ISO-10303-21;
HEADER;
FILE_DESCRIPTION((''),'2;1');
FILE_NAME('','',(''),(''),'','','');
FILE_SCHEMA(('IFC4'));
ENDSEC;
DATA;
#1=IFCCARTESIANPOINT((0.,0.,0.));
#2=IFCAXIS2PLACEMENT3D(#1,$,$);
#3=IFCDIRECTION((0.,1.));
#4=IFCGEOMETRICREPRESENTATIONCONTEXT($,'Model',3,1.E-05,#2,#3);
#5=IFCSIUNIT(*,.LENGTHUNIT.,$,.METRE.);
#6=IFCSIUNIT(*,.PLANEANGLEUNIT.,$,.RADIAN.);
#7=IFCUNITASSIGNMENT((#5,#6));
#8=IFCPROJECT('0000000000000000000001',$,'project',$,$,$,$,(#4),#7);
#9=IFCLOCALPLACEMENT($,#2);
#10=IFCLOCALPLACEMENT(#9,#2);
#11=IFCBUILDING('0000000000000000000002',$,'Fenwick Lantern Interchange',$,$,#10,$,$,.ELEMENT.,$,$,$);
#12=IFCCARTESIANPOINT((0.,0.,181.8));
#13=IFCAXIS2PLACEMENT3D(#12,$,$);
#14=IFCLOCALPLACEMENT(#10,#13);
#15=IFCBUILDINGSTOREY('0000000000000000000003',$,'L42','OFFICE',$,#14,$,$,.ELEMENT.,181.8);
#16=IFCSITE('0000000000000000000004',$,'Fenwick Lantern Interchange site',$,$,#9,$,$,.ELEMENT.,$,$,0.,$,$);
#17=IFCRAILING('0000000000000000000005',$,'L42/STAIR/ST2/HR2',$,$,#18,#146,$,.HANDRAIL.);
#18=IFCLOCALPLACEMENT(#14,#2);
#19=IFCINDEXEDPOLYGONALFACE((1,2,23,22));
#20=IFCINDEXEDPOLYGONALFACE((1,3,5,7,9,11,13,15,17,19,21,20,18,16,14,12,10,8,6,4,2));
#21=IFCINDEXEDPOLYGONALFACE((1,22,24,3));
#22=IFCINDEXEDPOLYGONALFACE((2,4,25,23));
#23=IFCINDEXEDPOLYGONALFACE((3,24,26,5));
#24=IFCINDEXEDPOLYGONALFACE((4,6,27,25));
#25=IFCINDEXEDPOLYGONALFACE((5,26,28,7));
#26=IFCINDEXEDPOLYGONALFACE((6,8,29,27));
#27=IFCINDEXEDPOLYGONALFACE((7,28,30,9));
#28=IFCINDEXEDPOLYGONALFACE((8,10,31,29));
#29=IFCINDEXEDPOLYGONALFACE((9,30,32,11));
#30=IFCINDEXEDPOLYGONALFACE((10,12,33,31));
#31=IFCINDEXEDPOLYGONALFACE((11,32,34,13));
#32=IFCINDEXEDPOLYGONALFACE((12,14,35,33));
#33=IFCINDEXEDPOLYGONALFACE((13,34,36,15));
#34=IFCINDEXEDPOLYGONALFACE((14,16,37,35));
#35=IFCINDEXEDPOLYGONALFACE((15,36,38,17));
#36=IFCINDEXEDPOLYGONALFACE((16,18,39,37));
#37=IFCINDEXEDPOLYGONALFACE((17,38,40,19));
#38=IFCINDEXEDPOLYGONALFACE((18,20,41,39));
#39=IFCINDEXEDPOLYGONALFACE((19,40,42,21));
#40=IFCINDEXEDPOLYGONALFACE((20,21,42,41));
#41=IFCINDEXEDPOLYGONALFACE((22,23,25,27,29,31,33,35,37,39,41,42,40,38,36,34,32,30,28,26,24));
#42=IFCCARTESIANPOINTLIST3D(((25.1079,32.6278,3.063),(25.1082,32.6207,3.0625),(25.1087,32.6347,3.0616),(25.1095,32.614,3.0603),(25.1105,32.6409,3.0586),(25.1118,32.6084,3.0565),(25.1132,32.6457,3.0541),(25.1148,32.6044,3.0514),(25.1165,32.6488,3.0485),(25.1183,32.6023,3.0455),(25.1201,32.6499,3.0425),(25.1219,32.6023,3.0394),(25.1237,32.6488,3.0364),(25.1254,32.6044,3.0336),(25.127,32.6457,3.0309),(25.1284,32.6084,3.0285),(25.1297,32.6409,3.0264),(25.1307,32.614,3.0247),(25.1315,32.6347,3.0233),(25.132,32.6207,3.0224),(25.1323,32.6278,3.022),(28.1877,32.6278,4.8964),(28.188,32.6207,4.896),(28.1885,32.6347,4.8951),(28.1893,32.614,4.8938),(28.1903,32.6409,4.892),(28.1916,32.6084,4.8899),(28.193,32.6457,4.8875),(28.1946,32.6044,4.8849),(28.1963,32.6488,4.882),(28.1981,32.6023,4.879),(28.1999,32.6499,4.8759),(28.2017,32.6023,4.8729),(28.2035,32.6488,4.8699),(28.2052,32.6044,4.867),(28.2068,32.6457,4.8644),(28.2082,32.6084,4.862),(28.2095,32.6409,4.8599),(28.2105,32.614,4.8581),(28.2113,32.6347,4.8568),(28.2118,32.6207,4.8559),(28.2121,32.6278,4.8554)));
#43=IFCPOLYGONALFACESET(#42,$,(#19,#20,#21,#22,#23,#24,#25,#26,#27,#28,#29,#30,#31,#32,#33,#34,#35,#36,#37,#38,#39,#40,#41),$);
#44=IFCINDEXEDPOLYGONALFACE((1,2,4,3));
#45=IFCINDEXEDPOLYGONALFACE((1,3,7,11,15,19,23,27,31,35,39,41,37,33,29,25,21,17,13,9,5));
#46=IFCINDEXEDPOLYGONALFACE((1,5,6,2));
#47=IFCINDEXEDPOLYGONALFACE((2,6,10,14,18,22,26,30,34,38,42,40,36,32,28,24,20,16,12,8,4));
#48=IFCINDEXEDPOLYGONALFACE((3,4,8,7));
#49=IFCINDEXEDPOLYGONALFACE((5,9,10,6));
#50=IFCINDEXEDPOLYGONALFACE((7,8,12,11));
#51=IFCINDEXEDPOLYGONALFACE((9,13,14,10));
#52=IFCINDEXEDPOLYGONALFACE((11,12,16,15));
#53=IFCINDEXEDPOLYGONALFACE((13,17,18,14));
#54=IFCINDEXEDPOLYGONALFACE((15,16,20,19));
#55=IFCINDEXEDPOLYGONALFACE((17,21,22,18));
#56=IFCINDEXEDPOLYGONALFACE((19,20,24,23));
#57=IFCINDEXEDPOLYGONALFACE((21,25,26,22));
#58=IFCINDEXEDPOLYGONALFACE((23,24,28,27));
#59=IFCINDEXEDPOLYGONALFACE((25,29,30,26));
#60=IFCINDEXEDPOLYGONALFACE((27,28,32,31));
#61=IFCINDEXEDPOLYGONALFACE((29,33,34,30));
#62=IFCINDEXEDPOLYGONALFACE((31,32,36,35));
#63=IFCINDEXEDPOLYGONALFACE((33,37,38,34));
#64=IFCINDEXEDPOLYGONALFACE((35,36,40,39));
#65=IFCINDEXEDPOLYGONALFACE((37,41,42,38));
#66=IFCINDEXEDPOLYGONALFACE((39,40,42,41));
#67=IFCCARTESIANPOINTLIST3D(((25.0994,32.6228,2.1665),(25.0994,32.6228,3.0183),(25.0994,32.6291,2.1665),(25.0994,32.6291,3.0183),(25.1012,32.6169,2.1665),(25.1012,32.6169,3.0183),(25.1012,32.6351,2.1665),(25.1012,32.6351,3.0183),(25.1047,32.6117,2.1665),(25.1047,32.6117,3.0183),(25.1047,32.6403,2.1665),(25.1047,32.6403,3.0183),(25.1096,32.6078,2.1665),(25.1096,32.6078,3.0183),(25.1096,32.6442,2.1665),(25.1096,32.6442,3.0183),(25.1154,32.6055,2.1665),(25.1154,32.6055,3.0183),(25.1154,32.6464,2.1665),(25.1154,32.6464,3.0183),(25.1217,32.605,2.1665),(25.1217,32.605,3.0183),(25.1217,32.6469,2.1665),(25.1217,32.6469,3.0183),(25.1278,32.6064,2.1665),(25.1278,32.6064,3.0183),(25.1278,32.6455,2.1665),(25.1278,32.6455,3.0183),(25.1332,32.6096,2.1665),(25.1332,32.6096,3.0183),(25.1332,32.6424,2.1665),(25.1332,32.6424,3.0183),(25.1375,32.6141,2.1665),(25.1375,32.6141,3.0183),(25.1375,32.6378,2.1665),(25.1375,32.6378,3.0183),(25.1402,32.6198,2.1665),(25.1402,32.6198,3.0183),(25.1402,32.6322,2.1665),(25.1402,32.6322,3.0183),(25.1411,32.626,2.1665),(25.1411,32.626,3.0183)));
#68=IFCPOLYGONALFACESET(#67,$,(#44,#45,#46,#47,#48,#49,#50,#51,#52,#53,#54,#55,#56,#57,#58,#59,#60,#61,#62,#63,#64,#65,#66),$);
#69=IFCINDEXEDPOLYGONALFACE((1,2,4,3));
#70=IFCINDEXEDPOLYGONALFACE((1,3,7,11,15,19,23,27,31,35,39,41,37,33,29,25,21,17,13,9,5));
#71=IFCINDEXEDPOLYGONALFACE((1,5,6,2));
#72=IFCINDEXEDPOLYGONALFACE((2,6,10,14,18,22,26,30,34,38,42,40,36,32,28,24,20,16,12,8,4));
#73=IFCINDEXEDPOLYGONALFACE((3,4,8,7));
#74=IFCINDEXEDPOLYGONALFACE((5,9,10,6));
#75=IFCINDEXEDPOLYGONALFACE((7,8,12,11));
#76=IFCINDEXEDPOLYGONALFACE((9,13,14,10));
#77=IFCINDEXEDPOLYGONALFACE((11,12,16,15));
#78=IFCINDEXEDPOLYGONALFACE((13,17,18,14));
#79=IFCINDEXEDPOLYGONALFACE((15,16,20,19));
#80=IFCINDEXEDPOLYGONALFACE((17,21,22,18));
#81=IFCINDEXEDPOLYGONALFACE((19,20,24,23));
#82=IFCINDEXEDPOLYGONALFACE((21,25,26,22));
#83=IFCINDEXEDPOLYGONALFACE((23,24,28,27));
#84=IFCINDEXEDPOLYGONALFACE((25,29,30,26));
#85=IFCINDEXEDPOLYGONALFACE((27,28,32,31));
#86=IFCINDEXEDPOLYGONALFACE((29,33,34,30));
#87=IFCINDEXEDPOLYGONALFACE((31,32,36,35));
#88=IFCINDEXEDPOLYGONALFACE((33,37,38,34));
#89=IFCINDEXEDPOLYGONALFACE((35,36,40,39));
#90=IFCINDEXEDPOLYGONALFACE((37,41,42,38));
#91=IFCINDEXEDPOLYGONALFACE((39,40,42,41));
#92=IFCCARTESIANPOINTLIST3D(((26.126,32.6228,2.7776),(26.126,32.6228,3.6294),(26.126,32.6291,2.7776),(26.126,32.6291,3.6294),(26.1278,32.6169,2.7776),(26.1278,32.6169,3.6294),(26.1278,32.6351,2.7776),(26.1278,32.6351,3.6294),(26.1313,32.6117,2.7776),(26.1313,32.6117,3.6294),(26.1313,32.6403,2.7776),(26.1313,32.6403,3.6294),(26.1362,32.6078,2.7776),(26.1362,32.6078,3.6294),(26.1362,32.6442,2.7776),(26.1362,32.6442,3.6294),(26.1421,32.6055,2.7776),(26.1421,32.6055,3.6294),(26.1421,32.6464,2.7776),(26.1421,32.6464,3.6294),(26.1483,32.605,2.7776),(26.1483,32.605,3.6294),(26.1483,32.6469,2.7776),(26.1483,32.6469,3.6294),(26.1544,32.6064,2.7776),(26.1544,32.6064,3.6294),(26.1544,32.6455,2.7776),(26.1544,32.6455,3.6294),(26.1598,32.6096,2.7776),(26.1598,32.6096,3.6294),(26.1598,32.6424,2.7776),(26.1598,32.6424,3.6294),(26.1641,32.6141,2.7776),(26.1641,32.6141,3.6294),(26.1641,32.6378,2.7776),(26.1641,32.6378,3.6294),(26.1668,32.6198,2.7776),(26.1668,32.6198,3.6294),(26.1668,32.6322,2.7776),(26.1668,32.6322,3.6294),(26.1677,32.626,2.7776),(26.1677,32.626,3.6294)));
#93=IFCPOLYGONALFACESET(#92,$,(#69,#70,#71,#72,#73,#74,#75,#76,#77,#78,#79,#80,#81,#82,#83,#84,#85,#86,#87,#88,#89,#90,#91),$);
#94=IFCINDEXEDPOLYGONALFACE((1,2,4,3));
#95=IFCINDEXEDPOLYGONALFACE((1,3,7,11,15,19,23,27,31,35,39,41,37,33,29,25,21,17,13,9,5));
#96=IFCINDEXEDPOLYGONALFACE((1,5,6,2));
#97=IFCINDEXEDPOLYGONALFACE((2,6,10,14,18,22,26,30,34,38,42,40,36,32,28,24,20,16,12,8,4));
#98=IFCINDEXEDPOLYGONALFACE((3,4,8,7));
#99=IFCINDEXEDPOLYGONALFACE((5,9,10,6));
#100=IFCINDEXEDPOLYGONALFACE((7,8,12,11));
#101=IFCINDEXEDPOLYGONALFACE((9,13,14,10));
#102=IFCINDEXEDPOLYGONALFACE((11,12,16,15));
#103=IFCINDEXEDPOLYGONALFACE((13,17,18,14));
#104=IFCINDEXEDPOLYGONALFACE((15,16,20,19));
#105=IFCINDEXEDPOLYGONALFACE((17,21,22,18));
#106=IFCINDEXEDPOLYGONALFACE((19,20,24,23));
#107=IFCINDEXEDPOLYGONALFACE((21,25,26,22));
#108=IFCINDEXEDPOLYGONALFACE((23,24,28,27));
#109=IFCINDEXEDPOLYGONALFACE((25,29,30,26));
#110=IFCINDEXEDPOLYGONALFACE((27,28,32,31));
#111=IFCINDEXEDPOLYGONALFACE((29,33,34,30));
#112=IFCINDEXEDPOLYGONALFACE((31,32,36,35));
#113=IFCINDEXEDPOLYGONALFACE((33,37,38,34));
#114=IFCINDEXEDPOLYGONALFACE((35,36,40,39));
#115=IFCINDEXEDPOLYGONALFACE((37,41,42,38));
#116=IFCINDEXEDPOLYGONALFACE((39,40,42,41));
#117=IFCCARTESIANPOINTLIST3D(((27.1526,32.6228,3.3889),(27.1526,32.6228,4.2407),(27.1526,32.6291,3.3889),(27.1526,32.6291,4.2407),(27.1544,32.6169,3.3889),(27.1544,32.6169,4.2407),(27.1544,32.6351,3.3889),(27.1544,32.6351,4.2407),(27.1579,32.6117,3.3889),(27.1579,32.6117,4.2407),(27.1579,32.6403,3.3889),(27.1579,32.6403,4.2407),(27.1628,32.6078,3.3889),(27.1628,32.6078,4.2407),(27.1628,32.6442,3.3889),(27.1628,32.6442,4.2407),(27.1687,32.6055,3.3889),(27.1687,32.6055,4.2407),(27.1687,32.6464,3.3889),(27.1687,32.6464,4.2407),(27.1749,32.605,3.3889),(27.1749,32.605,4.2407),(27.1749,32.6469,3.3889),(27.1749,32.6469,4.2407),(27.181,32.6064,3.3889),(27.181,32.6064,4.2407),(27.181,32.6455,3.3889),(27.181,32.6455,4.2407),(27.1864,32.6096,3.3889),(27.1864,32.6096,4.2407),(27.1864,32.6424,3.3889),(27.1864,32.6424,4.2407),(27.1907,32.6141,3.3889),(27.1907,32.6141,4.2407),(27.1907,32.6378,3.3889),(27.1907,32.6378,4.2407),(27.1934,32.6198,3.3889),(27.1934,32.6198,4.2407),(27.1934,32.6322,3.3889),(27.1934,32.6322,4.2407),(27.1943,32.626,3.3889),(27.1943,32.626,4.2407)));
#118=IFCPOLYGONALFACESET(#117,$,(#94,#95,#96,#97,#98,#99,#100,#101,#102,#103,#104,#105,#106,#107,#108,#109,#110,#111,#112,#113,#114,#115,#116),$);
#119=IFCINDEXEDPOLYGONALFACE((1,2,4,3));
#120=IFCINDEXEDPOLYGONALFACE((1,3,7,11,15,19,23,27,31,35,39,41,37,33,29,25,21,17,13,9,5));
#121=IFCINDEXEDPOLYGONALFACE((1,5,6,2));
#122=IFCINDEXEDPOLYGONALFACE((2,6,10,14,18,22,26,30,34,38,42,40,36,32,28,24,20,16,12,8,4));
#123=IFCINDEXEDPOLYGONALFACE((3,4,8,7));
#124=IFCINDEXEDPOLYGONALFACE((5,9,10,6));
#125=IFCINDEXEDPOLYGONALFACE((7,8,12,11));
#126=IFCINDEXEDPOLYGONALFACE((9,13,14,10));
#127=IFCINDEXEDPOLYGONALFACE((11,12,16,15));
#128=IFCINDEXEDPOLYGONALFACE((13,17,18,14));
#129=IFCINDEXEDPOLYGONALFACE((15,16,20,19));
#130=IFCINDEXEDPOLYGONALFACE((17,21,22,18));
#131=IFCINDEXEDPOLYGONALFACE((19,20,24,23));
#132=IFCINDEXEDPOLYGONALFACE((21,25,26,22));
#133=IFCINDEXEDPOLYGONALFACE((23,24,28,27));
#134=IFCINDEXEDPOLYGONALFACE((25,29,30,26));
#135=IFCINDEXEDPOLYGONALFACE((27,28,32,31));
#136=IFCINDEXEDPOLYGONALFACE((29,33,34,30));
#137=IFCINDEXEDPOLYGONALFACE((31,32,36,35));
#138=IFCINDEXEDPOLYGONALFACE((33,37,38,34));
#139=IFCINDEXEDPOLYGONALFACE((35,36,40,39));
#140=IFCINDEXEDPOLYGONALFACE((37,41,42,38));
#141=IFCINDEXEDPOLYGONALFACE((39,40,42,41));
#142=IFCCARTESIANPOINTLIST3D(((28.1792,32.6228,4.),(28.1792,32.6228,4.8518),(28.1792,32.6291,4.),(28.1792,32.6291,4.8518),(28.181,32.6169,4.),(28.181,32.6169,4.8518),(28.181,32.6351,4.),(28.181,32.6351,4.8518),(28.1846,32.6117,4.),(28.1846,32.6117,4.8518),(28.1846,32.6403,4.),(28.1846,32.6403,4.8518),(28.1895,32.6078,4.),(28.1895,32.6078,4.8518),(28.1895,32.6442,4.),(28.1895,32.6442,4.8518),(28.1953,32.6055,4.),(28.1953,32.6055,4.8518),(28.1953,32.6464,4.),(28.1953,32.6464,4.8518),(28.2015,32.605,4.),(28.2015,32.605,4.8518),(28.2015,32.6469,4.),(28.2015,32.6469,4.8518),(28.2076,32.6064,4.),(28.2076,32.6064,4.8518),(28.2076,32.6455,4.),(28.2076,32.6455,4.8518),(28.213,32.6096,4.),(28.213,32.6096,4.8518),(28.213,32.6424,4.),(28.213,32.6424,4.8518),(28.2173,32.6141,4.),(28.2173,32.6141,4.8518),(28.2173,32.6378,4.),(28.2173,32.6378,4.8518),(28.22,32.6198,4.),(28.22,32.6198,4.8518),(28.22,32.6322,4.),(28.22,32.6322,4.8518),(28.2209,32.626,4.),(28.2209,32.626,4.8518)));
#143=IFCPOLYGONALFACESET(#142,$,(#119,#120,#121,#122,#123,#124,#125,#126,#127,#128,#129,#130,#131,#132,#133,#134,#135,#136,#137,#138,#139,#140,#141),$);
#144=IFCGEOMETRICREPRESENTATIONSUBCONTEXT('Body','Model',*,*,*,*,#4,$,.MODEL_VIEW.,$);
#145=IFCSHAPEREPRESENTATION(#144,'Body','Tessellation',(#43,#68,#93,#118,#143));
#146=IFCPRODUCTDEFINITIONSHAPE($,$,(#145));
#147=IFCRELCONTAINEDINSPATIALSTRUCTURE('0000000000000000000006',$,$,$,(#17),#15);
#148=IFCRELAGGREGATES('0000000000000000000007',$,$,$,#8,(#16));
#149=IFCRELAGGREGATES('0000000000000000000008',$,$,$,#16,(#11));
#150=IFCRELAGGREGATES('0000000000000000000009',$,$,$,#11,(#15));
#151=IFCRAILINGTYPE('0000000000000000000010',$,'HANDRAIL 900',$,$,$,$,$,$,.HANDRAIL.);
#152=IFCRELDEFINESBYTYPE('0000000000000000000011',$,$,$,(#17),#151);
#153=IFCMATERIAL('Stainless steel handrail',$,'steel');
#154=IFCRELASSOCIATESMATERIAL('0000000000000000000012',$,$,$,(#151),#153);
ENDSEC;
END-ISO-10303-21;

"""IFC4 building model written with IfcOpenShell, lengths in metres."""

from ifc_helpers import new_model, si_unit, direction, frame, origin, origin_2d, place, context, subcontext, project, spatial, circle, extrude, material, type_object, element, save


model = new_model("IFC4")

# Units and contexts
model_context = context("Model", 3, precision=1e-05, world=origin(), true_north=direction((0.0, 1.0)))
body_context = subcontext(model_context, "Body", "Model", "MODEL_VIEW")
ifc_project = project(units=[si_unit("LENGTHUNIT", "METRE"), si_unit("PLANEANGLEUNIT", "RADIAN")], contexts=[model_context])

# Site, building, storey
site_placement = place(None, origin())
site = spatial("IfcSite", under=ifc_project, at=site_placement, Name="Fenwick Lantern Interchange site", CompositionType="ELEMENT", RefElevation=0.0)
building_placement = place(site_placement, origin())
building = spatial("IfcBuilding", under=site, at=building_placement, Name="Fenwick Lantern Interchange", CompositionType="ELEMENT")
storey_placement = place(building_placement, frame((0.0, 0.0, 181.8)))
storey = spatial("IfcBuildingStorey", under=building, at=storey_placement, Name="L42", Description="OFFICE", CompositionType="ELEMENT", Elevation=181.8)

# Railing
ifc_material_1 = material(Name="Stainless steel handrail", Category="steel")
railing_type = type_object("IfcRailingType", Name="HANDRAIL 900", PredefinedType="HANDRAIL", material=ifc_material_1)
railing_1_placement = place(storey_placement, frame((25.1201, 32.626, 2.1665)))
element("IfcRailing", 1, at=railing_1_placement, inside=storey, type_object=railing_type, Name="L42/STAIR/ST2/HR2", PredefinedType="HANDRAIL", context=body_context, shape_type="SweptSolid", body=[
    extrude(circle(Radius=0.0239, at=origin_2d()), frame((0.0, 0.0, 0.876), z_axis=(0.859261, 0.0, 0.511538), x_axis=(0.0, 1.0, 0.0)), (0.0, 0.0, 1.0), 3.5842),
    extrude(circle(Radius=0.021, at=origin_2d()), origin(), (0.0, 0.0, 1.0), 0.8518),
    extrude(circle(Radius=0.021, at=origin_2d()), frame((1.0266, 0.0, 0.6111)), (0.0, 0.0, 1.0), 0.8518),
    extrude(circle(Radius=0.021, at=origin_2d()), frame((2.0532, 0.0, 1.2224)), (0.0, 0.0, 1.0), 0.8518),
    extrude(circle(Radius=0.021, at=origin_2d()), frame((3.0798, 0.0, 1.8335)), (0.0, 0.0, 1.0), 0.8518),
])

save(model, "model.ifc")
